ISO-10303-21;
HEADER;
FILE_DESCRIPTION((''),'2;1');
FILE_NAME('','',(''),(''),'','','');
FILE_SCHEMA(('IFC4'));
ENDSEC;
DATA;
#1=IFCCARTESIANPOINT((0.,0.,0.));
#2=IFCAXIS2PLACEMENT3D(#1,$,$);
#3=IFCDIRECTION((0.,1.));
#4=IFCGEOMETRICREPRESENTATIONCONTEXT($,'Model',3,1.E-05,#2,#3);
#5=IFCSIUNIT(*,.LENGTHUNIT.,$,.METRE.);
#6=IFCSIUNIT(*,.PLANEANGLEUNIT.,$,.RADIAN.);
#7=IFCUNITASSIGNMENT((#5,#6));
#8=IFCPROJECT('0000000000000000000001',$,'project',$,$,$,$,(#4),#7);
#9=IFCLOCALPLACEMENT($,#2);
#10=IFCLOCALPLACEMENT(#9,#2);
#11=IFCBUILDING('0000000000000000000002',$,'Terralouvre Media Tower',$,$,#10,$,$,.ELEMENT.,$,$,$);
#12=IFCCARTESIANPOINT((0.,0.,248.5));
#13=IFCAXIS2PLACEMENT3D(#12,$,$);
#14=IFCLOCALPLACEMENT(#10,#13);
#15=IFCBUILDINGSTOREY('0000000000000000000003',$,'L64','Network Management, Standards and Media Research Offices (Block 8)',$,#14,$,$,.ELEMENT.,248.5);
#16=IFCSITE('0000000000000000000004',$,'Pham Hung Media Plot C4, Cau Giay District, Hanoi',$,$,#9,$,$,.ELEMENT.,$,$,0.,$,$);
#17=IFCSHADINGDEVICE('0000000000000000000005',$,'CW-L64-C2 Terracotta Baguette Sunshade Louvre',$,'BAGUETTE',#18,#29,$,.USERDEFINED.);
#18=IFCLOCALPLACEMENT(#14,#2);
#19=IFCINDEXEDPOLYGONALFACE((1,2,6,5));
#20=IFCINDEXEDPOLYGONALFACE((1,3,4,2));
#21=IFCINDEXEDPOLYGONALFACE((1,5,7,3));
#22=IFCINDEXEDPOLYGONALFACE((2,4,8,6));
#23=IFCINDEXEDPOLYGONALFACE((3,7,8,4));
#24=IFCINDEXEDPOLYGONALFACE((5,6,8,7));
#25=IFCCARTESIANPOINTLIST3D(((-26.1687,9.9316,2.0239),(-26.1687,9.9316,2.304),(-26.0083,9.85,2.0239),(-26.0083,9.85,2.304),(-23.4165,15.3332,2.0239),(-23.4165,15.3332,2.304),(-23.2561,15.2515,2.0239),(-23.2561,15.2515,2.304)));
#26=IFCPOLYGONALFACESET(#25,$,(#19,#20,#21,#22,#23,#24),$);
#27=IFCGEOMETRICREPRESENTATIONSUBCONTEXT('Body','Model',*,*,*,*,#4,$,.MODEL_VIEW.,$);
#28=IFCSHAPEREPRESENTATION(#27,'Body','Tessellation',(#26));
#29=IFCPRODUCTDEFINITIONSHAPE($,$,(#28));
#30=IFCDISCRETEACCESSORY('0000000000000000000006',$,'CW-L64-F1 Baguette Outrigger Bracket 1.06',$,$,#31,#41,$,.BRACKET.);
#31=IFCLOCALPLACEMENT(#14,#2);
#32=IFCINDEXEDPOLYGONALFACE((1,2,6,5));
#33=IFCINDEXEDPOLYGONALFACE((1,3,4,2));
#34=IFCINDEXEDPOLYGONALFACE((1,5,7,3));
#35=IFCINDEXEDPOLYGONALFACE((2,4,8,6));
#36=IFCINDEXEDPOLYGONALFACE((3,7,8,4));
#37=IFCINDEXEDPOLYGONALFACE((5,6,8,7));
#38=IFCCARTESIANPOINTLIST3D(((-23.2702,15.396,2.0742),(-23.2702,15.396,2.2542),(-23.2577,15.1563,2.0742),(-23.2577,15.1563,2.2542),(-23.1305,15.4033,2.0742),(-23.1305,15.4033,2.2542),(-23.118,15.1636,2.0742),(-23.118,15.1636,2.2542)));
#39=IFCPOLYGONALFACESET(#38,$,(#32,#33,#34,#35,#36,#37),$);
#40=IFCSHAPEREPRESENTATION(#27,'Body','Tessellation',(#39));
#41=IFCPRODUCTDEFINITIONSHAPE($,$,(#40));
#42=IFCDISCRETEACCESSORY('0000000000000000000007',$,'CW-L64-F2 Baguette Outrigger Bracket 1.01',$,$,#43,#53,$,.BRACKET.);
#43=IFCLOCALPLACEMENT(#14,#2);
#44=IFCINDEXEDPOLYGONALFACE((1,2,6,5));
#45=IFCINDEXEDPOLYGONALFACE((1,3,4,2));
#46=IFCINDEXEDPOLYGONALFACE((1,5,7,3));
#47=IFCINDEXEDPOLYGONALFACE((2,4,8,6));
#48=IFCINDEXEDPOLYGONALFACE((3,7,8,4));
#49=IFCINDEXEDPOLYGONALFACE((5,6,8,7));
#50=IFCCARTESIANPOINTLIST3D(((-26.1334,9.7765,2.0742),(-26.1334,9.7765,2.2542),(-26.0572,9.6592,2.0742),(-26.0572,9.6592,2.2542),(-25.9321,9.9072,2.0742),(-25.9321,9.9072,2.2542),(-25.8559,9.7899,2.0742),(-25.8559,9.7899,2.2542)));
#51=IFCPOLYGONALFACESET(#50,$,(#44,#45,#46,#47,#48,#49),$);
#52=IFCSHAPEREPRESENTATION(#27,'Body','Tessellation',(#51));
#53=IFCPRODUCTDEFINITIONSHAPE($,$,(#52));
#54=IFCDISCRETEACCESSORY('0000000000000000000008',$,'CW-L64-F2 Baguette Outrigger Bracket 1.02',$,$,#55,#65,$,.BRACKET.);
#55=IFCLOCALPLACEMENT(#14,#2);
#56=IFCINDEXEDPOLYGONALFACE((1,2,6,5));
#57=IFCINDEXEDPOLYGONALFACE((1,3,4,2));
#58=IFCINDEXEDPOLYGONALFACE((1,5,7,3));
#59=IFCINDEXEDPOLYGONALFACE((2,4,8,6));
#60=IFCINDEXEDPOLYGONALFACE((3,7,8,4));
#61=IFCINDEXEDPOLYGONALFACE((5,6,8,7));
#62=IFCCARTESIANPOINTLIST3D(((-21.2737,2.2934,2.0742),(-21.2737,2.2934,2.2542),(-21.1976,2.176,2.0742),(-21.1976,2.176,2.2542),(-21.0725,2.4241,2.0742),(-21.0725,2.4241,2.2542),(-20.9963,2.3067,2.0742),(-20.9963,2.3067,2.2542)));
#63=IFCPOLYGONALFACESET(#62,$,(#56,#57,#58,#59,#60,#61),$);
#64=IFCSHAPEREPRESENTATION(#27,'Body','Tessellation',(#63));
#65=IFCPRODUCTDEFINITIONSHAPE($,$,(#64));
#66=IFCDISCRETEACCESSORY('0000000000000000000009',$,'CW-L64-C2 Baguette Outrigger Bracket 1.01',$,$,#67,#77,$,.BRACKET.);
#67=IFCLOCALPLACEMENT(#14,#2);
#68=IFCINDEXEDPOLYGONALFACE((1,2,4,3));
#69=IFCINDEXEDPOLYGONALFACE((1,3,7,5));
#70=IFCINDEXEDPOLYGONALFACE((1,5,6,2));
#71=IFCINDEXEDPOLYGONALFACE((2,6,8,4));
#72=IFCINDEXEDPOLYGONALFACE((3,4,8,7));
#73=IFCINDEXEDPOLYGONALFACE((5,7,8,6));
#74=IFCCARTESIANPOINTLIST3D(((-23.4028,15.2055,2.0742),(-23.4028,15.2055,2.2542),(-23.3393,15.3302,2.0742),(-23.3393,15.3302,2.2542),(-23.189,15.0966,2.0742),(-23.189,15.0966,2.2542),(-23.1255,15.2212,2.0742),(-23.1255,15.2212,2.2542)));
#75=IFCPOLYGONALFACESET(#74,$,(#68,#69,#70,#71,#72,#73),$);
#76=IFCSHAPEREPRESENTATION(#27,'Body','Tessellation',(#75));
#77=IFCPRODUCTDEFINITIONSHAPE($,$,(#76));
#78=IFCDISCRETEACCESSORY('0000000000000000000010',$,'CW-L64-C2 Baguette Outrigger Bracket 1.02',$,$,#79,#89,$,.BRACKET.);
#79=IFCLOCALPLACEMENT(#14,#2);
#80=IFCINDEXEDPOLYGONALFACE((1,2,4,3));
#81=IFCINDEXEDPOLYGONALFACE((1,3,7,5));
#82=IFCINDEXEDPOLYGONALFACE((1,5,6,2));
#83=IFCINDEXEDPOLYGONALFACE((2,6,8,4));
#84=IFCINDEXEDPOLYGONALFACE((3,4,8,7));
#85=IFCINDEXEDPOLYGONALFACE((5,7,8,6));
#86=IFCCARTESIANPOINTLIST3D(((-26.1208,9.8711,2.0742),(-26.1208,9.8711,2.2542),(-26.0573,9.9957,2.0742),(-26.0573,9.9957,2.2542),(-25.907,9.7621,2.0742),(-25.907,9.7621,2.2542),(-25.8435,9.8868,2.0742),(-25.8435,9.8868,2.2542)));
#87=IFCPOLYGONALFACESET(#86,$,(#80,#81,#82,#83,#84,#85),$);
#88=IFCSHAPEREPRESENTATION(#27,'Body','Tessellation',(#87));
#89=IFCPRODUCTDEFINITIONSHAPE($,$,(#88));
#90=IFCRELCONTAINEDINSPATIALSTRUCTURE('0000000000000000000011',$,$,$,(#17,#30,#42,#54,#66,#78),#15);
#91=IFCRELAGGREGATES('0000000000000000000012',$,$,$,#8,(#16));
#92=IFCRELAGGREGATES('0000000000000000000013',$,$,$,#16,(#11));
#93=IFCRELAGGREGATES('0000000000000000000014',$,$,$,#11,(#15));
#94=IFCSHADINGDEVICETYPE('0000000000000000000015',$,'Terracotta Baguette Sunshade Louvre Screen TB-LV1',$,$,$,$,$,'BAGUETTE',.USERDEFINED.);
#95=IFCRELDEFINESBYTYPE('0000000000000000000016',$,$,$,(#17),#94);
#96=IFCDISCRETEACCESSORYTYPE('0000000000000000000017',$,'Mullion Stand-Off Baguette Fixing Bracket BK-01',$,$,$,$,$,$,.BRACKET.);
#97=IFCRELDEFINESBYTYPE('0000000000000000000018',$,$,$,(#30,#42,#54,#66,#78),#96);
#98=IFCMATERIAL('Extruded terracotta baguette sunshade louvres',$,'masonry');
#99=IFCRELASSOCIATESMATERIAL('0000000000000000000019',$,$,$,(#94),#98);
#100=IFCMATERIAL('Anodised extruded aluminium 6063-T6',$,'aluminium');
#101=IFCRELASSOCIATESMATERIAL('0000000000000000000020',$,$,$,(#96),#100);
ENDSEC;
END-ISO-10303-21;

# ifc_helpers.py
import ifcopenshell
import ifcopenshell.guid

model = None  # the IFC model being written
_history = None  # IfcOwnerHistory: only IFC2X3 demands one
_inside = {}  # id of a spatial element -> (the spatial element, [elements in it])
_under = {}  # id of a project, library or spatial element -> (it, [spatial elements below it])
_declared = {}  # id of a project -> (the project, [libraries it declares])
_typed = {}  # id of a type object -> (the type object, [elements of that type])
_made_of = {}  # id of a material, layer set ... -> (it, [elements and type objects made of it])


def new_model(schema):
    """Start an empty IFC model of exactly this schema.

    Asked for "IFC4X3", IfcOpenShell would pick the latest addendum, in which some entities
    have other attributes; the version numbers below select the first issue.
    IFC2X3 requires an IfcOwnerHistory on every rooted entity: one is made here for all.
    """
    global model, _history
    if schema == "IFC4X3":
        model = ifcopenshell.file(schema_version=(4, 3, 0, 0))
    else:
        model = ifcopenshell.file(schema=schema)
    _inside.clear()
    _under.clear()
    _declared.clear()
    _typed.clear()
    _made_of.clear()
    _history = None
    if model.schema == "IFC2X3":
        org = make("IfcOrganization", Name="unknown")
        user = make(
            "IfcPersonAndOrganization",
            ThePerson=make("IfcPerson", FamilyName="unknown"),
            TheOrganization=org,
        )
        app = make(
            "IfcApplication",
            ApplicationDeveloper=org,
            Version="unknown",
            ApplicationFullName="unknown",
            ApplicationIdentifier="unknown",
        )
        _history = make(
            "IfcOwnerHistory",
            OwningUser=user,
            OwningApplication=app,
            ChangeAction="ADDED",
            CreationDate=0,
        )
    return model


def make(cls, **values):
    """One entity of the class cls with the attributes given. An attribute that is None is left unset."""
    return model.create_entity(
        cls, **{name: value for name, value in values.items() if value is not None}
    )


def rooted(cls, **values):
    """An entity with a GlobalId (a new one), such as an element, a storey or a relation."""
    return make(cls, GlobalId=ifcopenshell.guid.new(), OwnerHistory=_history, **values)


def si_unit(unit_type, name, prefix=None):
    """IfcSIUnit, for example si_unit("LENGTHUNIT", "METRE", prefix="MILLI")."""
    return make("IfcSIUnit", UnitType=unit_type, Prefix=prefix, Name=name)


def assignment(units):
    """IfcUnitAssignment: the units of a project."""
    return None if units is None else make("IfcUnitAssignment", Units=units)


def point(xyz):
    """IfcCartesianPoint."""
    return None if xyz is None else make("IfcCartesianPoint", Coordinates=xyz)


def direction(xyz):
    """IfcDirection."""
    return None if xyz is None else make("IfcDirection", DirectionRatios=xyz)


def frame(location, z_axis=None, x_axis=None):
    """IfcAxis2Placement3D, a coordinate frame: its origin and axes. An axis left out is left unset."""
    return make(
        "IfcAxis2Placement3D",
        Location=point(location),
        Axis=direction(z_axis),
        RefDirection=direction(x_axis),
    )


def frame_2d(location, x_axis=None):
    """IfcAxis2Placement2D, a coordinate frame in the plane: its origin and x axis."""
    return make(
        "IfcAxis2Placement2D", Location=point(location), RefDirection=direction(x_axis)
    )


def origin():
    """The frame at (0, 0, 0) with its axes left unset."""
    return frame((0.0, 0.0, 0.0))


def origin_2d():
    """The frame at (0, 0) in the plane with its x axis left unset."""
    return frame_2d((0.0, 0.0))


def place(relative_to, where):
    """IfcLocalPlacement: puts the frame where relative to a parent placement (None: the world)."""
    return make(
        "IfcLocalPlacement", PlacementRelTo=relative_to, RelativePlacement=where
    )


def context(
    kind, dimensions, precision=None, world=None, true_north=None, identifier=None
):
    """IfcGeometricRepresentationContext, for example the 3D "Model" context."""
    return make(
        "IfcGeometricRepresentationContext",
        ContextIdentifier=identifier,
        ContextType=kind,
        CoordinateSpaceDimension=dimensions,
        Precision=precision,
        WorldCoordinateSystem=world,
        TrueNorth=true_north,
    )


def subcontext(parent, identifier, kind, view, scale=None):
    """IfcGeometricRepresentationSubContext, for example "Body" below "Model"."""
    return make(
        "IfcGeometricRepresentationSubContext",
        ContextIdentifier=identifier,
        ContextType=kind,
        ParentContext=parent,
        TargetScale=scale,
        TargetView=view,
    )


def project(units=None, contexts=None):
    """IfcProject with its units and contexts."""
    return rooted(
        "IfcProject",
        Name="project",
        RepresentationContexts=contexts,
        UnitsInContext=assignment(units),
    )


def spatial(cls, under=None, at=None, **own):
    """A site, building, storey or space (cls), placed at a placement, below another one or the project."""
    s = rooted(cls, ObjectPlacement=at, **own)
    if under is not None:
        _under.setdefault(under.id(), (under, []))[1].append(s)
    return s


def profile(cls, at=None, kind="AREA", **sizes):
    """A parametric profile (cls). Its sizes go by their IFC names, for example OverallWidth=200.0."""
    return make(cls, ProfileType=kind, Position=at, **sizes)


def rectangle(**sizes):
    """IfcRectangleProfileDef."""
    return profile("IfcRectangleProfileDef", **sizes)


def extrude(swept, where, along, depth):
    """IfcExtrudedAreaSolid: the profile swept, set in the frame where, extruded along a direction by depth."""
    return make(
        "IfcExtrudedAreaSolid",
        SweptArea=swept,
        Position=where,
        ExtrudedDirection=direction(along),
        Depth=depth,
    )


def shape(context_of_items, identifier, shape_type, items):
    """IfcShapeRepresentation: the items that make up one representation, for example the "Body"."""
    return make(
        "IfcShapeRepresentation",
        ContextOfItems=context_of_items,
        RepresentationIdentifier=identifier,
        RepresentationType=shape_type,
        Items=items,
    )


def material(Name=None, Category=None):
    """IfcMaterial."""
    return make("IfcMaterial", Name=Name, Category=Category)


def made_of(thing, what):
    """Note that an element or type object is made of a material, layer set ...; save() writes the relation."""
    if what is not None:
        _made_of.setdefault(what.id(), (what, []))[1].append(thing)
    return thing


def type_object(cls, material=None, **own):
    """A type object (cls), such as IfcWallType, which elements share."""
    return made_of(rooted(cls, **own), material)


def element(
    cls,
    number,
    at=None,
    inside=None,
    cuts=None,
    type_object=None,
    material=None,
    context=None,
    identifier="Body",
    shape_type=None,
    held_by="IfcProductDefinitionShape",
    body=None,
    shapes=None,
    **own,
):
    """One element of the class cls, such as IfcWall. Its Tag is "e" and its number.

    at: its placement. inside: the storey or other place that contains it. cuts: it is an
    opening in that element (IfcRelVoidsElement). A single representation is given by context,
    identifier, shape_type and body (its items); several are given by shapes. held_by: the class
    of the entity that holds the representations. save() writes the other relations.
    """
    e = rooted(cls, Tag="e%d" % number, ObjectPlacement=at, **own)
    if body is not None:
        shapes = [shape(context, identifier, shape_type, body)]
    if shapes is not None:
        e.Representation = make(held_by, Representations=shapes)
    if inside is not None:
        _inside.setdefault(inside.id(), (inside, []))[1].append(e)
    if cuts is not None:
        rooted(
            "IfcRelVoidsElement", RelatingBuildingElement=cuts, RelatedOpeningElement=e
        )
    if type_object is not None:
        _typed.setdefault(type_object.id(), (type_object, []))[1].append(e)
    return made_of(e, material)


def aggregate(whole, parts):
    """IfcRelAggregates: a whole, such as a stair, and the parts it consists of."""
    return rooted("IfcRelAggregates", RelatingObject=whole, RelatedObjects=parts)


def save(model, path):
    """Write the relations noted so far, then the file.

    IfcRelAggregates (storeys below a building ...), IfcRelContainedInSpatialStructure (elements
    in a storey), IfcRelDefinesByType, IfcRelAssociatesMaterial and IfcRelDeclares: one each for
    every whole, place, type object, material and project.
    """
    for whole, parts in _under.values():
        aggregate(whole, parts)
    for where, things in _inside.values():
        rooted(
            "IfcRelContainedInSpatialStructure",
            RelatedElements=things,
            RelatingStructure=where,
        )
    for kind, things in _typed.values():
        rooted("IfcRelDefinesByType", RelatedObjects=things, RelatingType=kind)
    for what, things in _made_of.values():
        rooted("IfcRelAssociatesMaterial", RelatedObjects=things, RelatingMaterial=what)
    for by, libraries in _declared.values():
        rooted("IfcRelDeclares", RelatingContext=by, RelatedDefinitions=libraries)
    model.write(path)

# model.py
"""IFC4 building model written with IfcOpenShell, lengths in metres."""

from ifc_helpers import new_model, si_unit, direction, frame, origin, origin_2d, place, context, subcontext, project, spatial, rectangle, extrude, material, type_object, element, save


model = new_model("IFC4")

# Units and contexts
model_context = context("Model", 3, precision=1e-05, world=origin(), true_north=direction((0.0, 1.0)))
body_context = subcontext(model_context, "Body", "Model", "MODEL_VIEW")
ifc_project = project(units=[si_unit("LENGTHUNIT", "METRE"), si_unit("PLANEANGLEUNIT", "RADIAN")], contexts=[model_context])

# Site, building, storey
site_placement = place(None, origin())
site = spatial("IfcSite", under=ifc_project, at=site_placement, Name="Pham Hung Media Plot C4, Cau Giay District, Hanoi", CompositionType="ELEMENT", RefElevation=0.0)
building_placement = place(site_placement, origin())
building = spatial("IfcBuilding", under=site, at=building_placement, Name="Terralouvre Media Tower", CompositionType="ELEMENT")
storey_placement = place(building_placement, frame((0.0, 0.0, 248.5)))
storey = spatial("IfcBuildingStorey", under=building, at=storey_placement, Name="L64", Description="Network Management, Standards and Media Research Offices (Block 8)", CompositionType="ELEMENT", Elevation=248.5)

# Shading device
ifc_material_1 = material(Name="Extruded terracotta baguette sunshade louvres", Category="masonry")
shading_device_type = type_object("IfcShadingDeviceType", Name="Terracotta Baguette Sunshade Louvre Screen TB-LV1", ElementType="BAGUETTE", PredefinedType="USERDEFINED", material=ifc_material_1)
shading_device_placement = place(storey_placement, frame((-24.7124, 12.5916, 2.0239), z_axis=(0.0, 0.0, 1.0), x_axis=(-0.45399, -0.891007, 0.0)))
element("IfcShadingDevice", 1, at=shading_device_placement, inside=storey, type_object=shading_device_type, Name="CW-L64-C2 Terracotta Baguette Sunshade Louvre", ObjectType="BAGUETTE", PredefinedType="USERDEFINED", context=body_context, shape_type="SweptSolid", body=[
    extrude(rectangle(XDim=6.0623, YDim=0.1799, at=origin_2d()), origin(), (0.0, 0.0, 1.0), 0.28),
])

# Discrete accessories
ifc_material_2 = material(Name="Anodised extruded aluminium 6063-T6", Category="aluminium")
discrete_accessory_type = type_object("IfcDiscreteAccessoryType", Name="Mullion Stand-Off Baguette Fixing Bracket BK-01", PredefinedType="BRACKET", material=ifc_material_2)
for number, where, z_axis, x_axis, name in (
    (2, (-23.1941, 15.2798, 2.0742), (0.0, 0.0, 1.0), (-0.99863, -0.052336, 0.0), "CW-L64-F1 Baguette Outrigger Bracket 1.06"),
    (3, (-25.9946, 9.7832, 2.0742), (0.0, 0.0, 1.0), (0.544639, -0.838671, 0.0), "CW-L64-F2 Baguette Outrigger Bracket 1.01"),
    (4, (-21.135, 2.3, 2.0742), (0.0, 0.0, 1.0), (0.544639, -0.838671, 0.0), "CW-L64-F2 Baguette Outrigger Bracket 1.02"),
    (5, (-23.2642, 15.2134, 2.0742), (0.0, 0.0, 1.0), (-0.45399, -0.891007, 0.0), "CW-L64-C2 Baguette Outrigger Bracket 1.01"),
    (6, (-25.9822, 9.8789, 2.0742), (0.0, 0.0, 1.0), (-0.45399, -0.891007, 0.0), "CW-L64-C2 Baguette Outrigger Bracket 1.02"),
):
    element("IfcDiscreteAccessory", number, at=place(storey_placement, frame(where, z_axis=z_axis, x_axis=x_axis)), inside=storey, type_object=discrete_accessory_type, Name=name, PredefinedType="BRACKET", context=body_context, shape_type="SweptSolid", body=[
        extrude(rectangle(XDim=0.1399, YDim=0.24, at=origin_2d()), origin(), (0.0, 0.0, 1.0), 0.1799),
    ])

save(model, "model.ifc")
